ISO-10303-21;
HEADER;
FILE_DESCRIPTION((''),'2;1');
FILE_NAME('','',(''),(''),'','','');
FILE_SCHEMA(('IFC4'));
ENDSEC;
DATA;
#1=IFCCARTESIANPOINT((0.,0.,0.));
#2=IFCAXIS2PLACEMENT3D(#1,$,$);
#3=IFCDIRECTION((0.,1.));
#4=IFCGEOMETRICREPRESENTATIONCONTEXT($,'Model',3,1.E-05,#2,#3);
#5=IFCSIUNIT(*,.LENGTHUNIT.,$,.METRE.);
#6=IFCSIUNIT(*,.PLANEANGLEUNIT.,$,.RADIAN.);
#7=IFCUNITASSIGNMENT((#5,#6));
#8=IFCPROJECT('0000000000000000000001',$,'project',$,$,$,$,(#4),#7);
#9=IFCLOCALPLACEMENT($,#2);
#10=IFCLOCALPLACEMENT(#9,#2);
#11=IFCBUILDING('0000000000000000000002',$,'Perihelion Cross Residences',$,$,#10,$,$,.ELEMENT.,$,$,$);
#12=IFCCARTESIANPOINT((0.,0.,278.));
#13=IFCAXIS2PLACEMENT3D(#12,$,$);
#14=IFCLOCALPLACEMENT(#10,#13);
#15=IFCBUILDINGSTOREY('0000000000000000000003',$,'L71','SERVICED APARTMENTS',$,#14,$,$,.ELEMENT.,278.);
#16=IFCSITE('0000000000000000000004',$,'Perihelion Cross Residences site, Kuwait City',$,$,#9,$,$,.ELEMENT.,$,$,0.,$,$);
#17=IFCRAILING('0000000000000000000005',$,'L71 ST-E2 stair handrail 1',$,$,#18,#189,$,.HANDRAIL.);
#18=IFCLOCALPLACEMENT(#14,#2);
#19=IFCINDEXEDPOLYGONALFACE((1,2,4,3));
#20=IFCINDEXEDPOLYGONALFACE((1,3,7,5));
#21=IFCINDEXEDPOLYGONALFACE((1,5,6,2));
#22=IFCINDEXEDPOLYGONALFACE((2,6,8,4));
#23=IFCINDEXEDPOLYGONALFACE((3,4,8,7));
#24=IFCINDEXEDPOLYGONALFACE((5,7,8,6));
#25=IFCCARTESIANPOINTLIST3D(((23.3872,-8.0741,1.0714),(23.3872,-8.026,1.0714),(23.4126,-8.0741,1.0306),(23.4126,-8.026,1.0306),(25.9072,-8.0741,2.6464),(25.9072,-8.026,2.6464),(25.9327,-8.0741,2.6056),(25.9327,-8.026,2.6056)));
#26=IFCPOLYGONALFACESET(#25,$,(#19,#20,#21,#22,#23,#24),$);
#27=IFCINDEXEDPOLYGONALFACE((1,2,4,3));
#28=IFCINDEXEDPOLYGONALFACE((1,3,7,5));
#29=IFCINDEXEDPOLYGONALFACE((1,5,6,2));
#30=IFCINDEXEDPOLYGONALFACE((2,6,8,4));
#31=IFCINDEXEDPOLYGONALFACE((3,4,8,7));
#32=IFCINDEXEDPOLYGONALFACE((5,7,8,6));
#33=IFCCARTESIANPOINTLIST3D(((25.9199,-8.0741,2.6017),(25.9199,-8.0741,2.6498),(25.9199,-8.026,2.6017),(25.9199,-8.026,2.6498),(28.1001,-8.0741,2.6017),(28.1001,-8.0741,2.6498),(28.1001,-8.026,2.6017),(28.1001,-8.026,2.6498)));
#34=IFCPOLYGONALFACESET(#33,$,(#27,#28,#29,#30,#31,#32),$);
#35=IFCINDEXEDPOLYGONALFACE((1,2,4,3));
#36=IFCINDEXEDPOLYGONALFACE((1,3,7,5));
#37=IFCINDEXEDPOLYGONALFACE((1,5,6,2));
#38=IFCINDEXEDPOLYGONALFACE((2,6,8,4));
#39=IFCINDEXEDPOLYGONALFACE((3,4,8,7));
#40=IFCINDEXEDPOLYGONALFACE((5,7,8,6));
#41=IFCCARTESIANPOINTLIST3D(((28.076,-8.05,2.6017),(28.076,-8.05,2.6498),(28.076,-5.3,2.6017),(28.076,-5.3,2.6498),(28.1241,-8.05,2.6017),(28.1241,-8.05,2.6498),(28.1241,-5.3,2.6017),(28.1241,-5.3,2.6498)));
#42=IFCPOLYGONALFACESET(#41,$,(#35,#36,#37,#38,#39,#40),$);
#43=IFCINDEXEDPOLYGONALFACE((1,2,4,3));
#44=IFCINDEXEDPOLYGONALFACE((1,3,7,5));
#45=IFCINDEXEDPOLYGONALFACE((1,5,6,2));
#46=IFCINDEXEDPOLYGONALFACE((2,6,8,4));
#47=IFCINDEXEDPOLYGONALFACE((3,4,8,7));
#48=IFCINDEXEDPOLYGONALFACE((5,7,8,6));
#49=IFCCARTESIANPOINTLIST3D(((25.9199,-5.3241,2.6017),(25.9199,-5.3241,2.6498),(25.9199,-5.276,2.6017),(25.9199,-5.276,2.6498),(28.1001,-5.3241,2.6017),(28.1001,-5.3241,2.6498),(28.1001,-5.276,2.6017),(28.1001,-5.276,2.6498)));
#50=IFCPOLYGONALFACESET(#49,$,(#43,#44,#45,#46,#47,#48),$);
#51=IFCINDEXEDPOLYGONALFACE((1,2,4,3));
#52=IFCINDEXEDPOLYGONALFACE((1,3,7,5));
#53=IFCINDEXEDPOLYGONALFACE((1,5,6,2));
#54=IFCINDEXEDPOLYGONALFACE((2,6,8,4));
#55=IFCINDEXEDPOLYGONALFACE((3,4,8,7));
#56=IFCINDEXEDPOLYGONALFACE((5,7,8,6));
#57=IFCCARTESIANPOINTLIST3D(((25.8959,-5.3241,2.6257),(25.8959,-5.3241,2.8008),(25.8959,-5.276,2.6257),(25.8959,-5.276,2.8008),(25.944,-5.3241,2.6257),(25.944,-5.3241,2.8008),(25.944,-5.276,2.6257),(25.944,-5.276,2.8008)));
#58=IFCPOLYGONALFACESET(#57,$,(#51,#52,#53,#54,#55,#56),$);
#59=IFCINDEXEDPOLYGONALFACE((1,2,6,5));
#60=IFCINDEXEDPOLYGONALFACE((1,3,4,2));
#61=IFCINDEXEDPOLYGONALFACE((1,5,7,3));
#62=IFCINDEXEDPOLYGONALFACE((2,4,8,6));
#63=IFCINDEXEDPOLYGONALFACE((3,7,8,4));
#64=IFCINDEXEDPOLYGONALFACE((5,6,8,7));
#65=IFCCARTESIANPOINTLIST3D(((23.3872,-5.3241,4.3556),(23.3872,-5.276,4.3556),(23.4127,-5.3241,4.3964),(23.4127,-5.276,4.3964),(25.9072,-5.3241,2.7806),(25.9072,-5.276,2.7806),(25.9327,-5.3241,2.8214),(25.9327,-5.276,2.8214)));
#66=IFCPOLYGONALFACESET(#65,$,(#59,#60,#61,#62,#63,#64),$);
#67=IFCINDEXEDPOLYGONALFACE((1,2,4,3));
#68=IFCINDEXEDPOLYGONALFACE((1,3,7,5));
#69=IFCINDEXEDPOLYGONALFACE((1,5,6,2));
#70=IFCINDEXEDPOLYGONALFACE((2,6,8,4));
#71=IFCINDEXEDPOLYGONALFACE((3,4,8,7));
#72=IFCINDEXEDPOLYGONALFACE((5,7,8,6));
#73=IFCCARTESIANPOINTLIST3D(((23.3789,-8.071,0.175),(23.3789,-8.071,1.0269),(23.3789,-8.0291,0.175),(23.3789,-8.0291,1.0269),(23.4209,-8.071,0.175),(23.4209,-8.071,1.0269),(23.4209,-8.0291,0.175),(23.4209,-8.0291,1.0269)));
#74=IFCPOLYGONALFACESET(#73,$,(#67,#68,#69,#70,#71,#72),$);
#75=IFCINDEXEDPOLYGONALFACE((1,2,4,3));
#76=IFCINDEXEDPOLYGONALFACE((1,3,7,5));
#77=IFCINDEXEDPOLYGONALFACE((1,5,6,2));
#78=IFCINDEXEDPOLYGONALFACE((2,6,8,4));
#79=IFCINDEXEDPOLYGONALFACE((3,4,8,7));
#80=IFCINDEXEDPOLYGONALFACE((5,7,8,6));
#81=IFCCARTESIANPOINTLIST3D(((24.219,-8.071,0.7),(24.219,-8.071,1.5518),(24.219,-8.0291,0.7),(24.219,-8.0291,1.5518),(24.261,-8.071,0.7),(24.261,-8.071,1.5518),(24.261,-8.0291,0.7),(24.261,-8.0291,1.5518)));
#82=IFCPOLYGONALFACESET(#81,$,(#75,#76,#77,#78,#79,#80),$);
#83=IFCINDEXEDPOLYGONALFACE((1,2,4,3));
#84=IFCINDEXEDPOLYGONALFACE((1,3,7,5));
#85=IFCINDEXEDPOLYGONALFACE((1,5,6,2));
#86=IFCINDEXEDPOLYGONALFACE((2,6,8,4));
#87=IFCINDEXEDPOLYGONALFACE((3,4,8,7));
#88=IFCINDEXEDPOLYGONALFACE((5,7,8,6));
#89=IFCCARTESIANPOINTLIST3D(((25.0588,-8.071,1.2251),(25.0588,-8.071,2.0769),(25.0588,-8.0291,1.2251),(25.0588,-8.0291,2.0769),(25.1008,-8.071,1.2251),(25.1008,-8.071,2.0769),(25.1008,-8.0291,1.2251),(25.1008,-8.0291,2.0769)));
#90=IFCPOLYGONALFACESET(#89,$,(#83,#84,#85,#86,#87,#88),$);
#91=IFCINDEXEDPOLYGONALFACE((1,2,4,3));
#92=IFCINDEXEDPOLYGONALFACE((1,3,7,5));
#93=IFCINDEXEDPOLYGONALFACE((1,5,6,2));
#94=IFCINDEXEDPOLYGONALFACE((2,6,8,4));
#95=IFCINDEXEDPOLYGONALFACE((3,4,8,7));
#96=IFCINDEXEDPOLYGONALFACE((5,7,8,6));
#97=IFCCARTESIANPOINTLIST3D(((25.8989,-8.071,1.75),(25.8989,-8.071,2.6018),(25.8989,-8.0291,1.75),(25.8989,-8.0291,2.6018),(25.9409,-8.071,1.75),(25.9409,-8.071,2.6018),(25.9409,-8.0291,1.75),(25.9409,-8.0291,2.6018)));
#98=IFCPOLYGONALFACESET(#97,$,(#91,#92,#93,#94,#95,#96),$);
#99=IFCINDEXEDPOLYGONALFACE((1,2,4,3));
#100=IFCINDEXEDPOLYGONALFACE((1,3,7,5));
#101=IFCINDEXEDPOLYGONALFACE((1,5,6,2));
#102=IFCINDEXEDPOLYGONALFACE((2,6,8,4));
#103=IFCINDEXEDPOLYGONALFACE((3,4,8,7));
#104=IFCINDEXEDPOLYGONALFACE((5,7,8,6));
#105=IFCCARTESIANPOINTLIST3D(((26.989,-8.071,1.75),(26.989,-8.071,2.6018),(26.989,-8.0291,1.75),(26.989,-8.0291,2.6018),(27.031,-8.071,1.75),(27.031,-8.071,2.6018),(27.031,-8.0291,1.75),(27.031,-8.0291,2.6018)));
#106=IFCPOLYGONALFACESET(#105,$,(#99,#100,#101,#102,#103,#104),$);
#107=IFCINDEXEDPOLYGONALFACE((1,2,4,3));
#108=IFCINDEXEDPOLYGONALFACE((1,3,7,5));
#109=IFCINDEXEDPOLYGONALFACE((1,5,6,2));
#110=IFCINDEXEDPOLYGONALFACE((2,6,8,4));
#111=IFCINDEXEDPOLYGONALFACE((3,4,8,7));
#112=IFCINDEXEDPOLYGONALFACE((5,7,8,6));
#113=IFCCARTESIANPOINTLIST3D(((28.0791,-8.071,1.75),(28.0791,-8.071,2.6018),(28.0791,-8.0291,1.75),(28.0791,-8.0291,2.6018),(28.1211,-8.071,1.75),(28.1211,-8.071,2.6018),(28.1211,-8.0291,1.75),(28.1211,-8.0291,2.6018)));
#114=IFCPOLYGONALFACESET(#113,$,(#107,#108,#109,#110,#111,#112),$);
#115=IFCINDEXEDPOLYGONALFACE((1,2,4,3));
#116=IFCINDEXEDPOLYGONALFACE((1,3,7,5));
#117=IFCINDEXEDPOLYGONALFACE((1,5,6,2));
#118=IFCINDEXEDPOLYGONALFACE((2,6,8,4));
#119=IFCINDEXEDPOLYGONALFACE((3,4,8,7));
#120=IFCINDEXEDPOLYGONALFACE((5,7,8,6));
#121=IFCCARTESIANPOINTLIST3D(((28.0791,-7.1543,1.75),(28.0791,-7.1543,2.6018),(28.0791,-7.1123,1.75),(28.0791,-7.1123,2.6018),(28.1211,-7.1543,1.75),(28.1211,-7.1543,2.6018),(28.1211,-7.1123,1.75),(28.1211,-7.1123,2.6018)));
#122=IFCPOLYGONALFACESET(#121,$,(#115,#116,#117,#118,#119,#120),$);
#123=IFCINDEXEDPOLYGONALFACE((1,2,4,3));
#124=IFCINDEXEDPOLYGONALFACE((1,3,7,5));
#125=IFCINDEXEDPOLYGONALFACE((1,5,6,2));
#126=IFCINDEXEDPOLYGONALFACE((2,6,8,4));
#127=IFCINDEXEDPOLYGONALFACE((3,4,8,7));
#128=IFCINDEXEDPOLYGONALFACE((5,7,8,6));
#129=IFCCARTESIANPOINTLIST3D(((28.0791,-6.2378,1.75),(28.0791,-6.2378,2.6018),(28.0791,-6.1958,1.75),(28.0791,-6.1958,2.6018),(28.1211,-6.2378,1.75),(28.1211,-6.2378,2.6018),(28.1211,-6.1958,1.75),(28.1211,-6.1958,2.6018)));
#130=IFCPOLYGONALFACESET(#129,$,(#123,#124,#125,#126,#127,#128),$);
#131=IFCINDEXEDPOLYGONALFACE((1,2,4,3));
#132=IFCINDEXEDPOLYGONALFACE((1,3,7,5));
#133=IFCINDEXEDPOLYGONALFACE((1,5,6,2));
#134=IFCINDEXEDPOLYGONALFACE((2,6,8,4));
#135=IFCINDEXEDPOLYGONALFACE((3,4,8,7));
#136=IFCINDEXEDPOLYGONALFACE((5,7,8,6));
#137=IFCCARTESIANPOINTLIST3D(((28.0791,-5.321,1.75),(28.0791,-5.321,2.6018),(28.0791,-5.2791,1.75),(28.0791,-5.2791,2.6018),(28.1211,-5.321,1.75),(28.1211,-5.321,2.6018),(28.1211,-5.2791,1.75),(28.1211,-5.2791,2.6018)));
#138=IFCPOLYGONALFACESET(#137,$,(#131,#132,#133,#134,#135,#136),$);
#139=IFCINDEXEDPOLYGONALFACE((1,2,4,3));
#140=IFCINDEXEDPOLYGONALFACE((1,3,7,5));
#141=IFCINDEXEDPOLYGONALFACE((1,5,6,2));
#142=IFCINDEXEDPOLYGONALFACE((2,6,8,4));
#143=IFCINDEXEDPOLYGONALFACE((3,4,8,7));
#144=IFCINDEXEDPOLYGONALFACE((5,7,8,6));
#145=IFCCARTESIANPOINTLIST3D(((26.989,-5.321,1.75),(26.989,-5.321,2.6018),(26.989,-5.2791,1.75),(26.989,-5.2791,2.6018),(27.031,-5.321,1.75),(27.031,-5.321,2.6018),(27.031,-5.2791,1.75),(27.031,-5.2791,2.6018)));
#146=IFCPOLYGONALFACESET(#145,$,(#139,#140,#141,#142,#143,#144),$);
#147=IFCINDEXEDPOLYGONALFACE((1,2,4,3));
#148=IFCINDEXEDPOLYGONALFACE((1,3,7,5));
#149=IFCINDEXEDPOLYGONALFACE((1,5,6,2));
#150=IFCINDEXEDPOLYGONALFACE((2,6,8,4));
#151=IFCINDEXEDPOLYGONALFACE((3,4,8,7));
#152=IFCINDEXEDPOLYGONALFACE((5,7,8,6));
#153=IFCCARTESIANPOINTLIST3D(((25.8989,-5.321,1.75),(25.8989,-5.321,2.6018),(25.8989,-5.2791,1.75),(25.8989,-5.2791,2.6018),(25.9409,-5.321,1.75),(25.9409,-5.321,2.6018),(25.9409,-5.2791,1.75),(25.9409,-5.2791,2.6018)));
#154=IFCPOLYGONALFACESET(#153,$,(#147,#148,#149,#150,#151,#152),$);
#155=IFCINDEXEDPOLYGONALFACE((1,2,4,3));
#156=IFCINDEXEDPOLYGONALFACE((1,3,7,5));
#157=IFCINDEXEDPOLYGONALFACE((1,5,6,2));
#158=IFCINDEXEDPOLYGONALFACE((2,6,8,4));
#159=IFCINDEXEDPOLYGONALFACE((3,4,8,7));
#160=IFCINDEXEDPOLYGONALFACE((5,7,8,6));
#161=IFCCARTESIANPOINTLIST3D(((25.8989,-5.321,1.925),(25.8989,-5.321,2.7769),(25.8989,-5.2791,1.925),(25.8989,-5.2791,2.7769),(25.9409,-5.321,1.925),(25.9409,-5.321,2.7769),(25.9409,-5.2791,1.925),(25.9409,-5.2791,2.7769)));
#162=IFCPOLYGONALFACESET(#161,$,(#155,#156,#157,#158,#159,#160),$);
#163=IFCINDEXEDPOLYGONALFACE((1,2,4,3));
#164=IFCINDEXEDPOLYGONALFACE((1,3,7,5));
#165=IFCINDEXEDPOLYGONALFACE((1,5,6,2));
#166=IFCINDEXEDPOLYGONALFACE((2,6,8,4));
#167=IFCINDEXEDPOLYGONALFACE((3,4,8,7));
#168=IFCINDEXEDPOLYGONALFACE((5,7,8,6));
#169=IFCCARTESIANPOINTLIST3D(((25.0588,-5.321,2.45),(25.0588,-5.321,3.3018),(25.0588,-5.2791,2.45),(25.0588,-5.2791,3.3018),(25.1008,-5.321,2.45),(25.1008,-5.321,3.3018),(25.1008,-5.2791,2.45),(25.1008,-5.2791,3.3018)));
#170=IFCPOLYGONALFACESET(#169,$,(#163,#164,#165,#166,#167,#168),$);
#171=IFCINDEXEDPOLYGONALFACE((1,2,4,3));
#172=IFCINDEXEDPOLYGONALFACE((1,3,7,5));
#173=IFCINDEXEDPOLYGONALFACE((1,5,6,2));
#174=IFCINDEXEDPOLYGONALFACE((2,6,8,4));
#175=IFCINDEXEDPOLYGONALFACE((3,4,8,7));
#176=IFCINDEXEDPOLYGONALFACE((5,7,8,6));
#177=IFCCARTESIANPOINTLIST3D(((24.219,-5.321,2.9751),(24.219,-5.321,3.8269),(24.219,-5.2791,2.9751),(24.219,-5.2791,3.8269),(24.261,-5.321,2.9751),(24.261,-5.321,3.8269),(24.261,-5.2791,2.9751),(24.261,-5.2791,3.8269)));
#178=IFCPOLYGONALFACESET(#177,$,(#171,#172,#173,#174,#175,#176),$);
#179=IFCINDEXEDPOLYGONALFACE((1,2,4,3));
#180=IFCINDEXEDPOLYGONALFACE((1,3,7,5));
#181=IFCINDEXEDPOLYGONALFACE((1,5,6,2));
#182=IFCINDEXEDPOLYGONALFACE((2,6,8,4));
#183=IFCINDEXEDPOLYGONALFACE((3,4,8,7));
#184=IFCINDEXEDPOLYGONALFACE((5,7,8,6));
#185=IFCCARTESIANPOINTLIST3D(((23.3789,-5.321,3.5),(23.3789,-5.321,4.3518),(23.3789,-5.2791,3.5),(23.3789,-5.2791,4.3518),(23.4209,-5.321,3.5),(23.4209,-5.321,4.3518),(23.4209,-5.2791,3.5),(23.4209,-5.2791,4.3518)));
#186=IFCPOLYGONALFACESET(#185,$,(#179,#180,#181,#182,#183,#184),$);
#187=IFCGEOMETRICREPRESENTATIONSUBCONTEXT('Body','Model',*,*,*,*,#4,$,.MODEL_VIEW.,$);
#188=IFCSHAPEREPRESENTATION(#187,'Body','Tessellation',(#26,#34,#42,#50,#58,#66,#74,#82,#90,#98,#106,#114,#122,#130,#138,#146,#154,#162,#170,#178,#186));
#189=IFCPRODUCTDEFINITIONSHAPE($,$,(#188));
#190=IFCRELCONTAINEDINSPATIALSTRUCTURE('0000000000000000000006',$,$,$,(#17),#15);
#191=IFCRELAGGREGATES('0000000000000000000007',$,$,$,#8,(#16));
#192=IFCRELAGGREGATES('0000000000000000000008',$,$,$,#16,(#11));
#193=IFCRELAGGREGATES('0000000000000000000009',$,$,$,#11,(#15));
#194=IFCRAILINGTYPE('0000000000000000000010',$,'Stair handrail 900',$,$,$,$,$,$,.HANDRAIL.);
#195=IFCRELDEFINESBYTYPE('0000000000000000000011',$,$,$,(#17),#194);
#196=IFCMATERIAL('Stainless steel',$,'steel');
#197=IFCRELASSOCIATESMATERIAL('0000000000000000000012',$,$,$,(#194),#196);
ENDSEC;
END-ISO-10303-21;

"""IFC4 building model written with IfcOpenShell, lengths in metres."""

from ifc_helpers import new_model, si_unit, direction, frame, origin, origin_2d, place, context, subcontext, project, spatial, rectangle, extrude, material, type_object, element, save


model = new_model("IFC4")

# Units and contexts
model_context = context("Model", 3, precision=1e-05, world=origin(), true_north=direction((0.0, 1.0)))
body_context = subcontext(model_context, "Body", "Model", "MODEL_VIEW")
ifc_project = project(units=[si_unit("LENGTHUNIT", "METRE"), si_unit("PLANEANGLEUNIT", "RADIAN")], contexts=[model_context])

# Site, building, storey
site_placement = place(None, origin())
site = spatial("IfcSite", under=ifc_project, at=site_placement, Name="Perihelion Cross Residences site, Kuwait City", CompositionType="ELEMENT", RefElevation=0.0)
building_placement = place(site_placement, origin())
building = spatial("IfcBuilding", under=site, at=building_placement, Name="Perihelion Cross Residences", CompositionType="ELEMENT")
storey_placement = place(building_placement, frame((0.0, 0.0, 278.0)))
storey = spatial("IfcBuildingStorey", under=building, at=storey_placement, Name="L71", Description="SERVICED APARTMENTS", CompositionType="ELEMENT", Elevation=278.0)

# Railing
ifc_material_1 = material(Name="Stainless steel", Category="steel")
railing_type_1 = type_object("IfcRailingType", Name="Stair handrail 900", PredefinedType="HANDRAIL", material=ifc_material_1)
railing_1_placement = place(storey_placement, frame((23.3999, -8.05, 0.175)))
element("IfcRailing", 1, at=railing_1_placement, inside=storey, type_object=railing_type_1, Name="L71 ST-E2 stair handrail 1", PredefinedType="HANDRAIL", context=body_context, shape_type="SweptSolid", body=[
    extrude(rectangle(XDim=0.0481, YDim=0.0481, at=origin_2d()), frame((0.0, 0.0, 0.876), z_axis=(0.848008, 0.0, 0.529984), x_axis=(0.0, 1.0, 0.0)), (0.0, 0.0, 1.0), 2.9717),
    extrude(rectangle(XDim=0.0481, YDim=0.0481, at=origin_2d()), frame((2.52, 0.0, 2.4507), z_axis=(1.0, 0.0, 0.0), x_axis=(0.0, 1.0, 0.0)), (0.0, 0.0, 1.0), 2.1802),
    extrude(rectangle(XDim=0.0481, YDim=0.0481, at=origin_2d()), frame((4.7002, 0.0, 2.4507), z_axis=(0.0, 1.0, 0.0), x_axis=(-1.0, 0.0, 0.0)), (0.0, 0.0, 1.0), 2.75),
    extrude(rectangle(XDim=0.0481, YDim=0.0481, at=origin_2d()), frame((4.7002, 2.75, 2.4507), z_axis=(-1.0, 0.0, 0.0), x_axis=(0.0, -1.0, 0.0)), (0.0, 0.0, 1.0), 2.1802),
    extrude(rectangle(XDim=0.0481, YDim=0.0481, at=origin_2d()), frame((2.52, 2.75, 2.4507), z_axis=(0.0, 0.0, 1.0), x_axis=(1.0, 0.0, 0.0)), (0.0, 0.0, 1.0), 0.175),
    extrude(rectangle(XDim=0.0481, YDim=0.0481, at=origin_2d()), frame((2.52, 2.75, 2.626), z_axis=(-0.848008, 0.0, 0.529984), x_axis=(0.0, -1.0, 0.0)), (0.0, 0.0, 1.0), 2.9717),
    extrude(rectangle(XDim=0.042, YDim=0.042, at=origin_2d()), origin(), (0.0, 0.0, 1.0), 0.8518),
    extrude(rectangle(XDim=0.042, YDim=0.042, at=origin_2d()), frame((0.8401, 0.0, 0.5249)), (0.0, 0.0, 1.0), 0.8518),
    extrude(rectangle(XDim=0.042, YDim=0.042, at=origin_2d()), frame((1.6799, 0.0, 1.05)), (0.0, 0.0, 1.0), 0.8518),
    extrude(rectangle(XDim=0.042, YDim=0.042, at=origin_2d()), frame((2.52, 0.0, 1.575)), (0.0, 0.0, 1.0), 0.8518),
    extrude(rectangle(XDim=0.042, YDim=0.042, at=origin_2d()), frame((3.6101, 0.0, 1.575)), (0.0, 0.0, 1.0), 0.8518),
    extrude(rectangle(XDim=0.042, YDim=0.042, at=origin_2d()), frame((4.7002, 0.0, 1.575)), (0.0, 0.0, 1.0), 0.8518),
    extrude(rectangle(XDim=0.042, YDim=0.042, at=origin_2d()), frame((4.7002, 0.9167, 1.575)), (0.0, 0.0, 1.0), 0.8518),
    extrude(rectangle(XDim=0.042, YDim=0.042, at=origin_2d()), frame((4.7002, 1.8333, 1.575)), (0.0, 0.0, 1.0), 0.8518),
    extrude(rectangle(XDim=0.042, YDim=0.042, at=origin_2d()), frame((4.7002, 2.75, 1.575)), (0.0, 0.0, 1.0), 0.8518),
    extrude(rectangle(XDim=0.042, YDim=0.042, at=origin_2d()), frame((3.6101, 2.75, 1.575)), (0.0, 0.0, 1.0), 0.8518),
    extrude(rectangle(XDim=0.042, YDim=0.042, at=origin_2d()), frame((2.52, 2.75, 1.575)), (0.0, 0.0, 1.0), 0.8518),
    extrude(rectangle(XDim=0.042, YDim=0.042, at=origin_2d()), frame((2.52, 2.75, 1.75)), (0.0, 0.0, 1.0), 0.8518),
    extrude(rectangle(XDim=0.042, YDim=0.042, at=origin_2d()), frame((1.6799, 2.75, 2.2749)), (0.0, 0.0, 1.0), 0.8518),
    extrude(rectangle(XDim=0.042, YDim=0.042, at=origin_2d()), frame((0.8401, 2.75, 2.8)), (0.0, 0.0, 1.0), 0.8518),
    extrude(rectangle(XDim=0.042, YDim=0.042, at=origin_2d()), frame((0.0, 2.75, 3.325)), (0.0, 0.0, 1.0), 0.8518),
])

save(model, "model.ifc")
